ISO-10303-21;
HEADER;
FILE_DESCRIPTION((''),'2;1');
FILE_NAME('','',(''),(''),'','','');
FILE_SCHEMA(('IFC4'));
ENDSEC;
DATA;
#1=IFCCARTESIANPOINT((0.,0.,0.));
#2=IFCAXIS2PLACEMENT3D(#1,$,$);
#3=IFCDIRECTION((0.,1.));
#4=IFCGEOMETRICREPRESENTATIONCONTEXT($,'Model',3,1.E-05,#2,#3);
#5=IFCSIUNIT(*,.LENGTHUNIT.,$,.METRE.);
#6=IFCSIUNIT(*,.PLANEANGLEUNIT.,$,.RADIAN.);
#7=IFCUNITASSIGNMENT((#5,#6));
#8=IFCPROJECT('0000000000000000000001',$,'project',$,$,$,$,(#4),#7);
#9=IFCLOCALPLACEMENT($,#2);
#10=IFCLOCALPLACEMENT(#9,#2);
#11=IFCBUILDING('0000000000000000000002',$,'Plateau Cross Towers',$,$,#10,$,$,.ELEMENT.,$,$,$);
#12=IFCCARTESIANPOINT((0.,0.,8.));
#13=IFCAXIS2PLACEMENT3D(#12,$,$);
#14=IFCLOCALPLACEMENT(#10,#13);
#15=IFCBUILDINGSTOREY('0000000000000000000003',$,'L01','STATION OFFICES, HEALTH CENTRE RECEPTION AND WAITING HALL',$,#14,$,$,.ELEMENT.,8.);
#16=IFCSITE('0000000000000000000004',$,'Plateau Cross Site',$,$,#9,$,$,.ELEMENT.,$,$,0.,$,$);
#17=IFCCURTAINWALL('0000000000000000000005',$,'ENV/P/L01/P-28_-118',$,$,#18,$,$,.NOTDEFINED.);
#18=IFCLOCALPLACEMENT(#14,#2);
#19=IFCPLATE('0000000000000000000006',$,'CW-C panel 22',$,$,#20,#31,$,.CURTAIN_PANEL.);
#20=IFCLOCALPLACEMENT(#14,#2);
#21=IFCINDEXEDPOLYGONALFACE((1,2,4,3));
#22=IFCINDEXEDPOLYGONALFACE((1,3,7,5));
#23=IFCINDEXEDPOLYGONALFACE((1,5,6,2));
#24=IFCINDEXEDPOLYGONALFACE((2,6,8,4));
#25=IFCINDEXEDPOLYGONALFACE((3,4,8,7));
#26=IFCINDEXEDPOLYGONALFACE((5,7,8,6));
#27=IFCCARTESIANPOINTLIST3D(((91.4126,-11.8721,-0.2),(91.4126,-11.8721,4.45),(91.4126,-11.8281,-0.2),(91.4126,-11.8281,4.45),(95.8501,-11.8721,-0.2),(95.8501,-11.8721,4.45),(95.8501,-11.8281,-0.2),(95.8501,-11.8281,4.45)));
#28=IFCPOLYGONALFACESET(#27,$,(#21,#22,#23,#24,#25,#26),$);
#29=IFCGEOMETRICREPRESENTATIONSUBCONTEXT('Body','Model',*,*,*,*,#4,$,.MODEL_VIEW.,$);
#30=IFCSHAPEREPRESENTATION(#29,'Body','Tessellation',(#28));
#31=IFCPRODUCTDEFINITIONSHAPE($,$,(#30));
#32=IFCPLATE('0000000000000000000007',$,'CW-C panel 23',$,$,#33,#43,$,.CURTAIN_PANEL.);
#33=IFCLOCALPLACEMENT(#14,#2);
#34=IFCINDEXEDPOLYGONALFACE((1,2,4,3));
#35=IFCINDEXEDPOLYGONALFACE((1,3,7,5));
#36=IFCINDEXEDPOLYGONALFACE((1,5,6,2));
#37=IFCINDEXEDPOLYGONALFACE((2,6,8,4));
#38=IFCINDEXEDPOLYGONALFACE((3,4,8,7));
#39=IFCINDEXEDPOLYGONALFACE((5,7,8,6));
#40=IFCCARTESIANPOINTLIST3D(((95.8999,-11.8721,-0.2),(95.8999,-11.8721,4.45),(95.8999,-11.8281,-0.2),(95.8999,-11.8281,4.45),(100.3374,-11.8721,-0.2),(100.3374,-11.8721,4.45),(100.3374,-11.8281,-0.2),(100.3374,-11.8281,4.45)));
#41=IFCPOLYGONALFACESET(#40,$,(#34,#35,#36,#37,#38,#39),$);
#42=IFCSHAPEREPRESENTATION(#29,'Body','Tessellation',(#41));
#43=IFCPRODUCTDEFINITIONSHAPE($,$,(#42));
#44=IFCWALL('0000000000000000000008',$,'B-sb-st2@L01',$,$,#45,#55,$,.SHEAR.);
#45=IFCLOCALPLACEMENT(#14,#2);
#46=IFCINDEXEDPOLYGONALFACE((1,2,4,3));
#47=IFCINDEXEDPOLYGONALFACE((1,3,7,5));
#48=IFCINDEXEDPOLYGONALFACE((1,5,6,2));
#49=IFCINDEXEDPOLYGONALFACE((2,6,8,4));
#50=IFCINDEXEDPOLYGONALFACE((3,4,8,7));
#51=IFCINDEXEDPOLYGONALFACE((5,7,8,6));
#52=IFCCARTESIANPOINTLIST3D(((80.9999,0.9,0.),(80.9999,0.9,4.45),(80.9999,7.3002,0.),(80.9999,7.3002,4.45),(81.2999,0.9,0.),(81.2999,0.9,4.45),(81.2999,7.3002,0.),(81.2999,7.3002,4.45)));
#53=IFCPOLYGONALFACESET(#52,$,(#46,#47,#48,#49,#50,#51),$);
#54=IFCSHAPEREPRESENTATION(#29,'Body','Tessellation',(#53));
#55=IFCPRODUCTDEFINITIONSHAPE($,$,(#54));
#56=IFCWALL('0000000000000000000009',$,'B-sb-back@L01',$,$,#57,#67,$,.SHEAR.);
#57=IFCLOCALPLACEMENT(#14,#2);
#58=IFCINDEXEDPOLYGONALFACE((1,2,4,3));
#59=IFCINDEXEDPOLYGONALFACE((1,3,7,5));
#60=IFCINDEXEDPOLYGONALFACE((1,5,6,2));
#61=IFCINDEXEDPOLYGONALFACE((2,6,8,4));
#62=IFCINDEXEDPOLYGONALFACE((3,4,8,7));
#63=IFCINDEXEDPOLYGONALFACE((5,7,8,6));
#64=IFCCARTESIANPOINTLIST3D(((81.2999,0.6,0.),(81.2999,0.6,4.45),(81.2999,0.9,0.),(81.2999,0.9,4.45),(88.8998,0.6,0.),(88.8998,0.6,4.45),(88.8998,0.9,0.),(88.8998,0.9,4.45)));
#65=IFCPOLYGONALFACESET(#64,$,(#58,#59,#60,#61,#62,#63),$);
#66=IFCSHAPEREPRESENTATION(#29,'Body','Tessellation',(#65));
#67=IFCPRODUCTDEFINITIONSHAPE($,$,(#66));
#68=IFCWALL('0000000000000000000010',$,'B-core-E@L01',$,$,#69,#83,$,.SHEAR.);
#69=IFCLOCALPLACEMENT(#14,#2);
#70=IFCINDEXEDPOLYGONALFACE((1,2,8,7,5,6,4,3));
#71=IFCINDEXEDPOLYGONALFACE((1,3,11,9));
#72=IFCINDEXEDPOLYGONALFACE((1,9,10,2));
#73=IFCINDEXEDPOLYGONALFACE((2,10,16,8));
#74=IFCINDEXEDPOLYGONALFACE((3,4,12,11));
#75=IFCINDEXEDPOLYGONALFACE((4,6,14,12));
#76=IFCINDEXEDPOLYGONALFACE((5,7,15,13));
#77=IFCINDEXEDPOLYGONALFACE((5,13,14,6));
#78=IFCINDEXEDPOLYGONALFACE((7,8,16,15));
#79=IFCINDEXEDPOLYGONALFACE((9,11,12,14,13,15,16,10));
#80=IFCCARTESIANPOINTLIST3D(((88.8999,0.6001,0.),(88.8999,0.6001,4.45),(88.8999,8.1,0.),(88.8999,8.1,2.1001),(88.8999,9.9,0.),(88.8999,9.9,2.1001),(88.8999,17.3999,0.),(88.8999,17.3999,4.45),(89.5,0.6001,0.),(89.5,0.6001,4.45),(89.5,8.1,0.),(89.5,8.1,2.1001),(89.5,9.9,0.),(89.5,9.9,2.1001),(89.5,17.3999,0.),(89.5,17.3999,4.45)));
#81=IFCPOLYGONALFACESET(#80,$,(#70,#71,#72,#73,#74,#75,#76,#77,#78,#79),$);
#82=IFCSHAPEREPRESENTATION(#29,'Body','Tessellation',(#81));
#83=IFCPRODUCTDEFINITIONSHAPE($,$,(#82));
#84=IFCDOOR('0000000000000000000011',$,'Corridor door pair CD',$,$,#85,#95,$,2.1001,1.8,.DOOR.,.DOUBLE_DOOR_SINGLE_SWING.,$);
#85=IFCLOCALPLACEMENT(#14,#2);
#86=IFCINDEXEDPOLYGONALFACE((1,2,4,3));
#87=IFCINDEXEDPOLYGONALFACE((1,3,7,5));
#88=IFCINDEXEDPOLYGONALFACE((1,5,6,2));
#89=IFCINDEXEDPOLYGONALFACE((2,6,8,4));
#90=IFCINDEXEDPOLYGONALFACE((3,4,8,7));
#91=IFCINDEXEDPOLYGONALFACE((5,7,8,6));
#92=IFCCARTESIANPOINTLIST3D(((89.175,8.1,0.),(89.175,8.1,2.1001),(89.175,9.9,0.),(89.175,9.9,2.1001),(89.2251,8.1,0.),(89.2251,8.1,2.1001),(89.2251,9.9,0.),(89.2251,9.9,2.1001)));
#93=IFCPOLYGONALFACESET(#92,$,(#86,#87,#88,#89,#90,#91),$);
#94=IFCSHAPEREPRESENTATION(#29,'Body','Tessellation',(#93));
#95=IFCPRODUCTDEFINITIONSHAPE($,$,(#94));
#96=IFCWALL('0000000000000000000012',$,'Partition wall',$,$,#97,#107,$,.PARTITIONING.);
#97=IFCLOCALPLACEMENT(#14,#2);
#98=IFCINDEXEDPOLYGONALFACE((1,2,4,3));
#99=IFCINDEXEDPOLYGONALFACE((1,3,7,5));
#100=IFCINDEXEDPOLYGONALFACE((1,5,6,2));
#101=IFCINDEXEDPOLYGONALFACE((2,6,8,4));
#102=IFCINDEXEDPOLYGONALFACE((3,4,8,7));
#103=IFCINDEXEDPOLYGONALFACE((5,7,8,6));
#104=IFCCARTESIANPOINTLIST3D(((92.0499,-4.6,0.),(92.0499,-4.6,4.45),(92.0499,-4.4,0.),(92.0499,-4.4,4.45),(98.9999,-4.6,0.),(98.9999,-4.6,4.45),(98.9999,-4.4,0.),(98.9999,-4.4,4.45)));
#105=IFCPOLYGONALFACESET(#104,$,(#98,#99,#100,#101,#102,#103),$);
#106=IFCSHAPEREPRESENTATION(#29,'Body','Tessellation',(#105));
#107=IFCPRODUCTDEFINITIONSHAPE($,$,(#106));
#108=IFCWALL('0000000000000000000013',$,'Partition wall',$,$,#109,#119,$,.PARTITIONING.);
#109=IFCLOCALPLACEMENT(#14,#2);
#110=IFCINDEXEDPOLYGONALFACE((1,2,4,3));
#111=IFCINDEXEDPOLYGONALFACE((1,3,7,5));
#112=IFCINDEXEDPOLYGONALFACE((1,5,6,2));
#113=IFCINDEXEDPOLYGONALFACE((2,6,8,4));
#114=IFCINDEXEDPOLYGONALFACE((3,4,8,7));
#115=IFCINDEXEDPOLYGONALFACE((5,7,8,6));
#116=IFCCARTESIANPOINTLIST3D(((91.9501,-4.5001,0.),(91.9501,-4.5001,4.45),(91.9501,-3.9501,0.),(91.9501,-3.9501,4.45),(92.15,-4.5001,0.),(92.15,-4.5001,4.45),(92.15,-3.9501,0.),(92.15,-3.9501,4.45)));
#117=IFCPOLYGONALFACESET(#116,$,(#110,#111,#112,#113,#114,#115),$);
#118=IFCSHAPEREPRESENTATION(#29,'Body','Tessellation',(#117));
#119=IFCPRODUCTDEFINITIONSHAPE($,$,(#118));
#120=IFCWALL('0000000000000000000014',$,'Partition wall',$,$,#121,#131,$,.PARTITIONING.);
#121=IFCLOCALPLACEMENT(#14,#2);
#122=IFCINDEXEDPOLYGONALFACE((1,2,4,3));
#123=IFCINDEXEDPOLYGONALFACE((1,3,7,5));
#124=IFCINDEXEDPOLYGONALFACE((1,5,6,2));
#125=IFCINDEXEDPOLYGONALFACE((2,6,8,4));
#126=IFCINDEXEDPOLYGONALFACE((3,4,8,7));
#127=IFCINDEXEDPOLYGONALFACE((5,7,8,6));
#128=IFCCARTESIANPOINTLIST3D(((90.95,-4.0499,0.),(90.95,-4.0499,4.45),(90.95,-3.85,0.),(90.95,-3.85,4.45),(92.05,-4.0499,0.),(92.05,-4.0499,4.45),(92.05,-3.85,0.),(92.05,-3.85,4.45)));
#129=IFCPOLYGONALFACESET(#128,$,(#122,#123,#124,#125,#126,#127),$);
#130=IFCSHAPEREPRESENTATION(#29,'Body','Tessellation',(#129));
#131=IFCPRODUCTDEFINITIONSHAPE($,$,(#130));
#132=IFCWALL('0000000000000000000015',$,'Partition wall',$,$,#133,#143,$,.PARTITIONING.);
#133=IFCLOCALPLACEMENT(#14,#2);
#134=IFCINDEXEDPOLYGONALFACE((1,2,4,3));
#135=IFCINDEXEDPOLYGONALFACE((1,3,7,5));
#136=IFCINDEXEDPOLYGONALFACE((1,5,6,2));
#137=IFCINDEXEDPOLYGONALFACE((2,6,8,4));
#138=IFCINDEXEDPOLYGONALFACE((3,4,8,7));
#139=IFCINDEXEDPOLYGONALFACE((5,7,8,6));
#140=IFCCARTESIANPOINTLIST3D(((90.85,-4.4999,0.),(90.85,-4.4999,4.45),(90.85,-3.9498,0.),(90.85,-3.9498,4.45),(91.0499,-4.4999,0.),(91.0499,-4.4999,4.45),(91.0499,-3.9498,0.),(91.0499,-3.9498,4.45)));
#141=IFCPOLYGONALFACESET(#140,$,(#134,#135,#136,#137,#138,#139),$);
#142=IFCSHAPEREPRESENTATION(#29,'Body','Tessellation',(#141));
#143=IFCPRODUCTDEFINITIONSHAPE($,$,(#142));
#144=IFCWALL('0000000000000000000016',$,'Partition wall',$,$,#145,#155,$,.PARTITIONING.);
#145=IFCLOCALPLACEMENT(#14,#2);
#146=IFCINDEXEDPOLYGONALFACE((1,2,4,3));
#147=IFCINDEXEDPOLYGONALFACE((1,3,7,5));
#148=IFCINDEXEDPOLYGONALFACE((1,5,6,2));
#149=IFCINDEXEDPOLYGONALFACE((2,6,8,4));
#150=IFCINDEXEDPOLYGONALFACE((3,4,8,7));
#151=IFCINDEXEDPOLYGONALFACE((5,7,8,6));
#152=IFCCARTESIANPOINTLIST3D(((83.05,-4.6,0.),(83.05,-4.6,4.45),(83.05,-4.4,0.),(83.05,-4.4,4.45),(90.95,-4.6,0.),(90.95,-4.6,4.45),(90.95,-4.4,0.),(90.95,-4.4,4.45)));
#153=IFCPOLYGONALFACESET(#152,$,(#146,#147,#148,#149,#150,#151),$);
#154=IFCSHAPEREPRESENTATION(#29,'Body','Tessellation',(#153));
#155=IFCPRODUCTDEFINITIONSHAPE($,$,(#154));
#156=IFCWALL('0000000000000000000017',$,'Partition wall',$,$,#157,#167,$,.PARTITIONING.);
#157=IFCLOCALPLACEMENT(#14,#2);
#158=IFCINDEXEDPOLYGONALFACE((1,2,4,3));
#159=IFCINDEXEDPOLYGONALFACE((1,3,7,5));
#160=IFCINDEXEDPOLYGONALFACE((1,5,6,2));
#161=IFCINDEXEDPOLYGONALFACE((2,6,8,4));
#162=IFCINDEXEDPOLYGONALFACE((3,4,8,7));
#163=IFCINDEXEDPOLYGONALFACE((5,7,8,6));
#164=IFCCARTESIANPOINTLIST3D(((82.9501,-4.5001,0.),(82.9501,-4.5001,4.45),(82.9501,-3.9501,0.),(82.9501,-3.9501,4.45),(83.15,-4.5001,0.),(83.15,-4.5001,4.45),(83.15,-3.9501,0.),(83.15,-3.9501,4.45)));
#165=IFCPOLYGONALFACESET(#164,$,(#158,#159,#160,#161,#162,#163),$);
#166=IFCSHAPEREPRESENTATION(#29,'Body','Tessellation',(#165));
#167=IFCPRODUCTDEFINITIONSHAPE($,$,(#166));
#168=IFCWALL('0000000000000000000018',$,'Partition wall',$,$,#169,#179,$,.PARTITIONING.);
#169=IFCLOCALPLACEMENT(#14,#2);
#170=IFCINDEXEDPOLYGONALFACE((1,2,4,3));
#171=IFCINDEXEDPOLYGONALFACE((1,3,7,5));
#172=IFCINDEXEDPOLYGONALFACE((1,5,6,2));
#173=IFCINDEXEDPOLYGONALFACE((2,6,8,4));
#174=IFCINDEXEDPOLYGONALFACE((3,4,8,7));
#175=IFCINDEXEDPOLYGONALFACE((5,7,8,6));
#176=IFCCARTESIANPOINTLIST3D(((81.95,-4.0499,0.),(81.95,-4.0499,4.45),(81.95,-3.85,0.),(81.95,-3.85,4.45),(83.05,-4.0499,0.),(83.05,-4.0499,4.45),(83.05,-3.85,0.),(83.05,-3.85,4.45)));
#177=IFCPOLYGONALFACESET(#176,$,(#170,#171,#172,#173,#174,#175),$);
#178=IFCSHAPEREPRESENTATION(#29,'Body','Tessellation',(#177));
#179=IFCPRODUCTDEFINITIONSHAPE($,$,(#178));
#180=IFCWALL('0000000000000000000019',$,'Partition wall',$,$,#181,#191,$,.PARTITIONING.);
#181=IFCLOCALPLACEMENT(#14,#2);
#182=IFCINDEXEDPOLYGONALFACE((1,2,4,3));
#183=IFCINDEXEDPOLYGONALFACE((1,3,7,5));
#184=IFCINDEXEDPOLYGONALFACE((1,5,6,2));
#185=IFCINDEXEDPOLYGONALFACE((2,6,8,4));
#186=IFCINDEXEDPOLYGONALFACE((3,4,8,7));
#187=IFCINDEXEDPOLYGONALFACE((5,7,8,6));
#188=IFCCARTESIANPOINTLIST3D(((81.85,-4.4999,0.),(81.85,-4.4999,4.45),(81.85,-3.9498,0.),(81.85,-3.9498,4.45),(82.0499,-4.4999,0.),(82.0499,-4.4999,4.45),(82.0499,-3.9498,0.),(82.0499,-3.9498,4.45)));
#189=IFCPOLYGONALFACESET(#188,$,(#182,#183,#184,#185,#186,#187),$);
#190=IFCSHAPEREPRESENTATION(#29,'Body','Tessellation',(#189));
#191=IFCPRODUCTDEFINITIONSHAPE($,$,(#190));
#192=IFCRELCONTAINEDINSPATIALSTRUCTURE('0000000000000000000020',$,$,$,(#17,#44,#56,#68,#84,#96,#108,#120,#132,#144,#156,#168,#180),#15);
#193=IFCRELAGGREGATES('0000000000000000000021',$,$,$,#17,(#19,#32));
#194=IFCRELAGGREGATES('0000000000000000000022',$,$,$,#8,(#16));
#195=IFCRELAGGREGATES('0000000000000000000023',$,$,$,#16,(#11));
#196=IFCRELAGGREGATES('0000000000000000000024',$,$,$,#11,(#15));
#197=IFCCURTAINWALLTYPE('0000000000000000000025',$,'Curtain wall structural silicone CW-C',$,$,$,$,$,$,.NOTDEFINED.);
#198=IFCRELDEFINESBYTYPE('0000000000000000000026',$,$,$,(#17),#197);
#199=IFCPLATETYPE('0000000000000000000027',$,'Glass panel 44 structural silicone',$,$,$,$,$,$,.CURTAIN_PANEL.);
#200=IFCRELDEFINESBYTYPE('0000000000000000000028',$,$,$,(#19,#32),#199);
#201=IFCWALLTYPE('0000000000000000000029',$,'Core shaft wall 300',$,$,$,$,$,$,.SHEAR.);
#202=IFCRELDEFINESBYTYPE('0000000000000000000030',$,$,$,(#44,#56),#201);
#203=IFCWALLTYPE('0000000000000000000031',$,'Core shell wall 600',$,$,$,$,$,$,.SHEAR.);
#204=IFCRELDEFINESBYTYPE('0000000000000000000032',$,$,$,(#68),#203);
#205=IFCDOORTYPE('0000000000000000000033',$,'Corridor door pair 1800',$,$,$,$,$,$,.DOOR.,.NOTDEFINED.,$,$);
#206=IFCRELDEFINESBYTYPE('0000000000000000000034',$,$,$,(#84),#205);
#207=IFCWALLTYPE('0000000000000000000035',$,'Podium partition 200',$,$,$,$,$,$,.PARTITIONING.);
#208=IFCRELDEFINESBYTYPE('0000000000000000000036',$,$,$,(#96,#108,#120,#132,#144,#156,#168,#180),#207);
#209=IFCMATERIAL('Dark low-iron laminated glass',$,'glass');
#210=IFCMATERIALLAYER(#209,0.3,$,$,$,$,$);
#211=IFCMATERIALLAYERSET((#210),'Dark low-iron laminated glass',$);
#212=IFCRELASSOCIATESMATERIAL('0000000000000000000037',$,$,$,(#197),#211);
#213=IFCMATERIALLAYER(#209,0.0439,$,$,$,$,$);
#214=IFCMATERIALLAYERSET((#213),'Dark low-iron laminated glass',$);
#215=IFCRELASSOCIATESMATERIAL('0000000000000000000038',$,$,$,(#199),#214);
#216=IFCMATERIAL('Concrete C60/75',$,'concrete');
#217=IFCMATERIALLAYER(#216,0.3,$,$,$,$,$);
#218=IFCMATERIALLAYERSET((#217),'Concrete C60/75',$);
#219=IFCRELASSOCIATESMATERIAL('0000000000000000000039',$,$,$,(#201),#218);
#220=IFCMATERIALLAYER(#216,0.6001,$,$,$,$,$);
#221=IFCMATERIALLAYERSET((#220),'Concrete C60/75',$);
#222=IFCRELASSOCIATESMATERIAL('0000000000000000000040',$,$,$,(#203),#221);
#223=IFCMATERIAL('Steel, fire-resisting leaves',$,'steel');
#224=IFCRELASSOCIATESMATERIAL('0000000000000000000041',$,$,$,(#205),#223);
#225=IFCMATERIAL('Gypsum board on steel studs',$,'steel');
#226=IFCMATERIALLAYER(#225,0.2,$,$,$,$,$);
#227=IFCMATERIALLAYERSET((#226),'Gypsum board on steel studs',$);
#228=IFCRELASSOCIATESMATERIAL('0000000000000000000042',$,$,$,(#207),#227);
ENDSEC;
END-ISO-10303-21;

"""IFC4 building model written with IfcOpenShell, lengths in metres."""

from ifc_helpers import new_model, si_unit, direction, frame, frame_2d, origin, origin_2d, place, context, subcontext, project, spatial, rectangle, extrude, material, layer, layer_set, type_object, element, fill, aggregate, save


model = new_model("IFC4")

# Units and contexts
model_context = context("Model", 3, precision=1e-05, world=origin(), true_north=direction((0.0, 1.0)))
body_context = subcontext(model_context, "Body", "Model", "MODEL_VIEW")
ifc_project = project(units=[si_unit("LENGTHUNIT", "METRE"), si_unit("PLANEANGLEUNIT", "RADIAN")], contexts=[model_context])

# Site, building, storey
site_placement = place(None, origin())
site = spatial("IfcSite", under=ifc_project, at=site_placement, Name="Plateau Cross Site", CompositionType="ELEMENT", RefElevation=0.0)
building_placement = place(site_placement, origin())
building = spatial("IfcBuilding", under=site, at=building_placement, Name="Plateau Cross Towers", CompositionType="ELEMENT")
storey_placement = place(building_placement, frame((0.0, 0.0, 8.0)))
storey = spatial("IfcBuildingStorey", under=building, at=storey_placement, Name="L01", Description="STATION OFFICES, HEALTH CENTRE RECEPTION AND WAITING HALL", CompositionType="ELEMENT", Elevation=8.0)

# Shared definitions
ifc_material_1 = material(Name="Concrete C60/75", Category="concrete")

# Curtain wall
ifc_material_2 = material(Name="Dark low-iron laminated glass", Category="glass")
ifc_layer_1 = layer(ifc_material_2, 0.3)
ifc_layer_set_1 = layer_set([ifc_layer_1], Name="Dark low-iron laminated glass")
curtain_wall_type = type_object("IfcCurtainWallType", Name="Curtain wall structural silicone CW-C", PredefinedType="NOTDEFINED", material=ifc_layer_set_1)
curtain_wall_placement = place(storey_placement, origin())
curtain_wall = element("IfcCurtainWall", 1, at=curtain_wall_placement, inside=storey, type_object=curtain_wall_type, Name="ENV/P/L01/P-28_-118", PredefinedType="NOTDEFINED")

# Plates
ifc_layer_2 = layer(ifc_material_2, 0.0439)
ifc_layer_set_2 = layer_set([ifc_layer_2], Name="Dark low-iron laminated glass")
plate_type = type_object("IfcPlateType", Name="Glass panel 44 structural silicone", PredefinedType="CURTAIN_PANEL", material=ifc_layer_set_2)
plate_1_placement = place(storey_placement, frame((93.6313, -11.8501, -0.2), z_axis=(0.0, 0.0, 1.0), x_axis=(1.0, 0.0, 0.0)))
plate_1 = element("IfcPlate", 2, at=plate_1_placement, type_object=plate_type, Name="CW-C panel 22", PredefinedType="CURTAIN_PANEL", context=body_context, shape_type="SweptSolid", body=[
    extrude(rectangle(XDim=4.4375, YDim=0.0439, at=origin_2d()), origin(), (0.0, 0.0, 1.0), 4.6499),
])
plate_2_placement = place(storey_placement, frame((98.1187, -11.8501, -0.2), z_axis=(0.0, 0.0, 1.0), x_axis=(1.0, 0.0, 0.0)))
plate_2 = element("IfcPlate", 3, at=plate_2_placement, type_object=plate_type, Name="CW-C panel 23", PredefinedType="CURTAIN_PANEL", context=body_context, shape_type="SweptSolid", body=[
    extrude(rectangle(XDim=4.4375, YDim=0.0439, at=origin_2d()), origin(), (0.0, 0.0, 1.0), 4.6499),
])
aggregate(curtain_wall, [plate_1, plate_2])

# Walls
ifc_layer_3 = layer(ifc_material_1, 0.3)
ifc_layer_set_3 = layer_set([ifc_layer_3], Name="Concrete C60/75")
wall_type_1 = type_object("IfcWallType", Name="Core shaft wall 300", PredefinedType="SHEAR", material=ifc_layer_set_3)
wall_1_placement = place(storey_placement, frame((81.1499, 0.8999, 0.0), z_axis=(0.0, 0.0, 1.0), x_axis=(0.0, 1.0, 0.0)))
element("IfcWall", 4, at=wall_1_placement, inside=storey, type_object=wall_type_1, Name="B-sb-st2@L01", PredefinedType="SHEAR", context=body_context, shape_type="SweptSolid", body=[
    extrude(rectangle(XDim=6.4001, YDim=0.3, at=frame_2d((3.2002, 0.0))), origin(), (0.0, 0.0, 1.0), 4.45),
])
wall_2_placement = place(storey_placement, frame((81.3, 0.75, 0.0), z_axis=(0.0, 0.0, 1.0), x_axis=(1.0, 0.0, 0.0)))
element("IfcWall", 5, at=wall_2_placement, inside=storey, type_object=wall_type_1, Name="B-sb-back@L01", PredefinedType="SHEAR", context=body_context, shape_type="SweptSolid", body=[
    extrude(rectangle(XDim=7.5999, YDim=0.3, at=frame_2d((3.7998, 0.0))), origin(), (0.0, 0.0, 1.0), 4.45),
])

# Wall, opening, door
ifc_layer_4 = layer(ifc_material_1, 0.6001)
ifc_layer_set_4 = layer_set([ifc_layer_4], Name="Concrete C60/75")
wall_type_2 = type_object("IfcWallType", Name="Core shell wall 600", PredefinedType="SHEAR", material=ifc_layer_set_4)
wall_3_placement = place(storey_placement, frame((89.2, 0.6001, 0.0), z_axis=(0.0, 0.0, 1.0), x_axis=(0.0, 1.0, 0.0)))
wall_3 = element("IfcWall", 6, at=wall_3_placement, inside=storey, type_object=wall_type_2, Name="B-core-E@L01", PredefinedType="SHEAR", context=body_context, shape_type="SweptSolid", body=[
    extrude(rectangle(XDim=16.7998, YDim=0.6001, at=frame_2d((8.3999, 0.0))), origin(), (0.0, 0.0, 1.0), 4.45),
])
opening_1_placement = place(wall_3_placement, frame((7.5, 0.0, 0.0)))
opening_1 = element("IfcOpeningElement", 7, at=opening_1_placement, cuts=wall_3, PredefinedType="OPENING", context=body_context, shape_type="SweptSolid", body=[
    extrude(rectangle(XDim=1.8, YDim=2.1001, at=frame_2d((0.8999, 1.05))), frame((0.0, 0.3101, 0.0), z_axis=(0.0, -1.0, 0.0), x_axis=(1.0, 0.0, 0.0)), (0.0, 0.0, 1.0), 0.6201),
])
ifc_material_3 = material(Name="Steel, fire-resisting leaves", Category="steel")
door_type_1 = type_object("IfcDoorType", Name="Corridor door pair 1800", OperationType="NOTDEFINED", PredefinedType="DOOR", material=ifc_material_3)
door_1_placement = place(opening_1_placement, origin())
door_1 = element("IfcDoor", 8, at=door_1_placement, inside=storey, type_object=door_type_1, Name="Corridor door pair CD", OperationType="DOUBLE_DOOR_SINGLE_SWING", OverallHeight=2.1001, OverallWidth=1.8, PredefinedType="DOOR", context=body_context, shape_type="SweptSolid", body=[
    extrude(rectangle(XDim=1.8, YDim=2.1001, at=frame_2d((0.8999, 1.05))), frame((0.0, 0.0249, 0.0), z_axis=(0.0, -1.0, 0.0), x_axis=(1.0, 0.0, 0.0)), (0.0, 0.0, 1.0), 0.05),
])
fill(opening_1, door_1)

# Walls
ifc_material_4 = material(Name="Gypsum board on steel studs", Category="steel")
ifc_layer_5 = layer(ifc_material_4, 0.2)
ifc_layer_set_5 = layer_set([ifc_layer_5], Name="Gypsum board on steel studs")
wall_type_3 = type_object("IfcWallType", Name="Podium partition 200", PredefinedType="PARTITIONING", material=ifc_layer_set_5)
wall_4_placement = place(storey_placement, frame((99.0, -4.5, 0.0), z_axis=(0.0, 0.0, 1.0), x_axis=(-1.0, 0.0, 0.0)))
element("IfcWall", 9, at=wall_4_placement, inside=storey, type_object=wall_type_3, Name="Partition wall", PredefinedType="PARTITIONING", context=body_context, shape_type="SweptSolid", body=[
    extrude(rectangle(XDim=6.95, YDim=0.2, at=frame_2d((3.4751, 0.0))), origin(), (0.0, 0.0, 1.0), 4.45),
])
wall_5_placement = place(storey_placement, frame((92.05, -4.5, 0.0), z_axis=(0.0, 0.0, 1.0), x_axis=(0.0, 1.0, 0.0)))
element("IfcWall", 10, at=wall_5_placement, inside=storey, type_object=wall_type_3, Name="Partition wall", PredefinedType="PARTITIONING", context=body_context, shape_type="SweptSolid", body=[
    extrude(rectangle(XDim=0.55, YDim=0.2, at=frame_2d((0.2749, 0.0))), origin(), (0.0, 0.0, 1.0), 4.45),
])
wall_6_placement = place(storey_placement, frame((92.05, -3.95, 0.0), z_axis=(0.0, 0.0, 1.0), x_axis=(-1.0, 0.0, 0.0)))
element("IfcWall", 11, at=wall_6_placement, inside=storey, type_object=wall_type_3, Name="Partition wall", PredefinedType="PARTITIONING", context=body_context, shape_type="SweptSolid", body=[
    extrude(rectangle(XDim=1.1001, YDim=0.2, at=frame_2d((0.55, 0.0))), origin(), (0.0, 0.0, 1.0), 4.45),
])
wall_7_placement = place(storey_placement, frame((90.95, -3.95, 0.0), z_axis=(0.0, 0.0, 1.0), x_axis=(0.0, -1.0, 0.0)))
element("IfcWall", 12, at=wall_7_placement, inside=storey, type_object=wall_type_3, Name="Partition wall", PredefinedType="PARTITIONING", context=body_context, shape_type="SweptSolid", body=[
    extrude(rectangle(XDim=0.55, YDim=0.2, at=frame_2d((0.2749, 0.0))), origin(), (0.0, 0.0, 1.0), 4.45),
])
wall_8_placement = place(storey_placement, frame((90.95, -4.5, 0.0), z_axis=(0.0, 0.0, 1.0), x_axis=(-1.0, 0.0, 0.0)))
element("IfcWall", 13, at=wall_8_placement, inside=storey, type_object=wall_type_3, Name="Partition wall", PredefinedType="PARTITIONING", context=body_context, shape_type="SweptSolid", body=[
    extrude(rectangle(XDim=7.8999, YDim=0.2, at=frame_2d((3.95, 0.0))), origin(), (0.0, 0.0, 1.0), 4.45),
])
wall_9_placement = place(storey_placement, frame((83.05, -4.5, 0.0), z_axis=(0.0, 0.0, 1.0), x_axis=(0.0, 1.0, 0.0)))
element("IfcWall", 14, at=wall_9_placement, inside=storey, type_object=wall_type_3, Name="Partition wall", PredefinedType="PARTITIONING", context=body_context, shape_type="SweptSolid", body=[
    extrude(rectangle(XDim=0.55, YDim=0.2, at=frame_2d((0.2749, 0.0))), origin(), (0.0, 0.0, 1.0), 4.45),
])
wall_10_placement = place(storey_placement, frame((83.05, -3.95, 0.0), z_axis=(0.0, 0.0, 1.0), x_axis=(-1.0, 0.0, 0.0)))
element("IfcWall", 15, at=wall_10_placement, inside=storey, type_object=wall_type_3, Name="Partition wall", PredefinedType="PARTITIONING", context=body_context, shape_type="SweptSolid", body=[
    extrude(rectangle(XDim=1.1001, YDim=0.2, at=frame_2d((0.55, 0.0))), origin(), (0.0, 0.0, 1.0), 4.45),
])
wall_11_placement = place(storey_placement, frame((81.95, -3.95, 0.0), z_axis=(0.0, 0.0, 1.0), x_axis=(0.0, -1.0, 0.0)))
element("IfcWall", 16, at=wall_11_placement, inside=storey, type_object=wall_type_3, Name="Partition wall", PredefinedType="PARTITIONING", context=body_context, shape_type="SweptSolid", body=[
    extrude(rectangle(XDim=0.55, YDim=0.2, at=frame_2d((0.2749, 0.0))), origin(), (0.0, 0.0, 1.0), 4.45),
])

save(model, "model.ifc")
